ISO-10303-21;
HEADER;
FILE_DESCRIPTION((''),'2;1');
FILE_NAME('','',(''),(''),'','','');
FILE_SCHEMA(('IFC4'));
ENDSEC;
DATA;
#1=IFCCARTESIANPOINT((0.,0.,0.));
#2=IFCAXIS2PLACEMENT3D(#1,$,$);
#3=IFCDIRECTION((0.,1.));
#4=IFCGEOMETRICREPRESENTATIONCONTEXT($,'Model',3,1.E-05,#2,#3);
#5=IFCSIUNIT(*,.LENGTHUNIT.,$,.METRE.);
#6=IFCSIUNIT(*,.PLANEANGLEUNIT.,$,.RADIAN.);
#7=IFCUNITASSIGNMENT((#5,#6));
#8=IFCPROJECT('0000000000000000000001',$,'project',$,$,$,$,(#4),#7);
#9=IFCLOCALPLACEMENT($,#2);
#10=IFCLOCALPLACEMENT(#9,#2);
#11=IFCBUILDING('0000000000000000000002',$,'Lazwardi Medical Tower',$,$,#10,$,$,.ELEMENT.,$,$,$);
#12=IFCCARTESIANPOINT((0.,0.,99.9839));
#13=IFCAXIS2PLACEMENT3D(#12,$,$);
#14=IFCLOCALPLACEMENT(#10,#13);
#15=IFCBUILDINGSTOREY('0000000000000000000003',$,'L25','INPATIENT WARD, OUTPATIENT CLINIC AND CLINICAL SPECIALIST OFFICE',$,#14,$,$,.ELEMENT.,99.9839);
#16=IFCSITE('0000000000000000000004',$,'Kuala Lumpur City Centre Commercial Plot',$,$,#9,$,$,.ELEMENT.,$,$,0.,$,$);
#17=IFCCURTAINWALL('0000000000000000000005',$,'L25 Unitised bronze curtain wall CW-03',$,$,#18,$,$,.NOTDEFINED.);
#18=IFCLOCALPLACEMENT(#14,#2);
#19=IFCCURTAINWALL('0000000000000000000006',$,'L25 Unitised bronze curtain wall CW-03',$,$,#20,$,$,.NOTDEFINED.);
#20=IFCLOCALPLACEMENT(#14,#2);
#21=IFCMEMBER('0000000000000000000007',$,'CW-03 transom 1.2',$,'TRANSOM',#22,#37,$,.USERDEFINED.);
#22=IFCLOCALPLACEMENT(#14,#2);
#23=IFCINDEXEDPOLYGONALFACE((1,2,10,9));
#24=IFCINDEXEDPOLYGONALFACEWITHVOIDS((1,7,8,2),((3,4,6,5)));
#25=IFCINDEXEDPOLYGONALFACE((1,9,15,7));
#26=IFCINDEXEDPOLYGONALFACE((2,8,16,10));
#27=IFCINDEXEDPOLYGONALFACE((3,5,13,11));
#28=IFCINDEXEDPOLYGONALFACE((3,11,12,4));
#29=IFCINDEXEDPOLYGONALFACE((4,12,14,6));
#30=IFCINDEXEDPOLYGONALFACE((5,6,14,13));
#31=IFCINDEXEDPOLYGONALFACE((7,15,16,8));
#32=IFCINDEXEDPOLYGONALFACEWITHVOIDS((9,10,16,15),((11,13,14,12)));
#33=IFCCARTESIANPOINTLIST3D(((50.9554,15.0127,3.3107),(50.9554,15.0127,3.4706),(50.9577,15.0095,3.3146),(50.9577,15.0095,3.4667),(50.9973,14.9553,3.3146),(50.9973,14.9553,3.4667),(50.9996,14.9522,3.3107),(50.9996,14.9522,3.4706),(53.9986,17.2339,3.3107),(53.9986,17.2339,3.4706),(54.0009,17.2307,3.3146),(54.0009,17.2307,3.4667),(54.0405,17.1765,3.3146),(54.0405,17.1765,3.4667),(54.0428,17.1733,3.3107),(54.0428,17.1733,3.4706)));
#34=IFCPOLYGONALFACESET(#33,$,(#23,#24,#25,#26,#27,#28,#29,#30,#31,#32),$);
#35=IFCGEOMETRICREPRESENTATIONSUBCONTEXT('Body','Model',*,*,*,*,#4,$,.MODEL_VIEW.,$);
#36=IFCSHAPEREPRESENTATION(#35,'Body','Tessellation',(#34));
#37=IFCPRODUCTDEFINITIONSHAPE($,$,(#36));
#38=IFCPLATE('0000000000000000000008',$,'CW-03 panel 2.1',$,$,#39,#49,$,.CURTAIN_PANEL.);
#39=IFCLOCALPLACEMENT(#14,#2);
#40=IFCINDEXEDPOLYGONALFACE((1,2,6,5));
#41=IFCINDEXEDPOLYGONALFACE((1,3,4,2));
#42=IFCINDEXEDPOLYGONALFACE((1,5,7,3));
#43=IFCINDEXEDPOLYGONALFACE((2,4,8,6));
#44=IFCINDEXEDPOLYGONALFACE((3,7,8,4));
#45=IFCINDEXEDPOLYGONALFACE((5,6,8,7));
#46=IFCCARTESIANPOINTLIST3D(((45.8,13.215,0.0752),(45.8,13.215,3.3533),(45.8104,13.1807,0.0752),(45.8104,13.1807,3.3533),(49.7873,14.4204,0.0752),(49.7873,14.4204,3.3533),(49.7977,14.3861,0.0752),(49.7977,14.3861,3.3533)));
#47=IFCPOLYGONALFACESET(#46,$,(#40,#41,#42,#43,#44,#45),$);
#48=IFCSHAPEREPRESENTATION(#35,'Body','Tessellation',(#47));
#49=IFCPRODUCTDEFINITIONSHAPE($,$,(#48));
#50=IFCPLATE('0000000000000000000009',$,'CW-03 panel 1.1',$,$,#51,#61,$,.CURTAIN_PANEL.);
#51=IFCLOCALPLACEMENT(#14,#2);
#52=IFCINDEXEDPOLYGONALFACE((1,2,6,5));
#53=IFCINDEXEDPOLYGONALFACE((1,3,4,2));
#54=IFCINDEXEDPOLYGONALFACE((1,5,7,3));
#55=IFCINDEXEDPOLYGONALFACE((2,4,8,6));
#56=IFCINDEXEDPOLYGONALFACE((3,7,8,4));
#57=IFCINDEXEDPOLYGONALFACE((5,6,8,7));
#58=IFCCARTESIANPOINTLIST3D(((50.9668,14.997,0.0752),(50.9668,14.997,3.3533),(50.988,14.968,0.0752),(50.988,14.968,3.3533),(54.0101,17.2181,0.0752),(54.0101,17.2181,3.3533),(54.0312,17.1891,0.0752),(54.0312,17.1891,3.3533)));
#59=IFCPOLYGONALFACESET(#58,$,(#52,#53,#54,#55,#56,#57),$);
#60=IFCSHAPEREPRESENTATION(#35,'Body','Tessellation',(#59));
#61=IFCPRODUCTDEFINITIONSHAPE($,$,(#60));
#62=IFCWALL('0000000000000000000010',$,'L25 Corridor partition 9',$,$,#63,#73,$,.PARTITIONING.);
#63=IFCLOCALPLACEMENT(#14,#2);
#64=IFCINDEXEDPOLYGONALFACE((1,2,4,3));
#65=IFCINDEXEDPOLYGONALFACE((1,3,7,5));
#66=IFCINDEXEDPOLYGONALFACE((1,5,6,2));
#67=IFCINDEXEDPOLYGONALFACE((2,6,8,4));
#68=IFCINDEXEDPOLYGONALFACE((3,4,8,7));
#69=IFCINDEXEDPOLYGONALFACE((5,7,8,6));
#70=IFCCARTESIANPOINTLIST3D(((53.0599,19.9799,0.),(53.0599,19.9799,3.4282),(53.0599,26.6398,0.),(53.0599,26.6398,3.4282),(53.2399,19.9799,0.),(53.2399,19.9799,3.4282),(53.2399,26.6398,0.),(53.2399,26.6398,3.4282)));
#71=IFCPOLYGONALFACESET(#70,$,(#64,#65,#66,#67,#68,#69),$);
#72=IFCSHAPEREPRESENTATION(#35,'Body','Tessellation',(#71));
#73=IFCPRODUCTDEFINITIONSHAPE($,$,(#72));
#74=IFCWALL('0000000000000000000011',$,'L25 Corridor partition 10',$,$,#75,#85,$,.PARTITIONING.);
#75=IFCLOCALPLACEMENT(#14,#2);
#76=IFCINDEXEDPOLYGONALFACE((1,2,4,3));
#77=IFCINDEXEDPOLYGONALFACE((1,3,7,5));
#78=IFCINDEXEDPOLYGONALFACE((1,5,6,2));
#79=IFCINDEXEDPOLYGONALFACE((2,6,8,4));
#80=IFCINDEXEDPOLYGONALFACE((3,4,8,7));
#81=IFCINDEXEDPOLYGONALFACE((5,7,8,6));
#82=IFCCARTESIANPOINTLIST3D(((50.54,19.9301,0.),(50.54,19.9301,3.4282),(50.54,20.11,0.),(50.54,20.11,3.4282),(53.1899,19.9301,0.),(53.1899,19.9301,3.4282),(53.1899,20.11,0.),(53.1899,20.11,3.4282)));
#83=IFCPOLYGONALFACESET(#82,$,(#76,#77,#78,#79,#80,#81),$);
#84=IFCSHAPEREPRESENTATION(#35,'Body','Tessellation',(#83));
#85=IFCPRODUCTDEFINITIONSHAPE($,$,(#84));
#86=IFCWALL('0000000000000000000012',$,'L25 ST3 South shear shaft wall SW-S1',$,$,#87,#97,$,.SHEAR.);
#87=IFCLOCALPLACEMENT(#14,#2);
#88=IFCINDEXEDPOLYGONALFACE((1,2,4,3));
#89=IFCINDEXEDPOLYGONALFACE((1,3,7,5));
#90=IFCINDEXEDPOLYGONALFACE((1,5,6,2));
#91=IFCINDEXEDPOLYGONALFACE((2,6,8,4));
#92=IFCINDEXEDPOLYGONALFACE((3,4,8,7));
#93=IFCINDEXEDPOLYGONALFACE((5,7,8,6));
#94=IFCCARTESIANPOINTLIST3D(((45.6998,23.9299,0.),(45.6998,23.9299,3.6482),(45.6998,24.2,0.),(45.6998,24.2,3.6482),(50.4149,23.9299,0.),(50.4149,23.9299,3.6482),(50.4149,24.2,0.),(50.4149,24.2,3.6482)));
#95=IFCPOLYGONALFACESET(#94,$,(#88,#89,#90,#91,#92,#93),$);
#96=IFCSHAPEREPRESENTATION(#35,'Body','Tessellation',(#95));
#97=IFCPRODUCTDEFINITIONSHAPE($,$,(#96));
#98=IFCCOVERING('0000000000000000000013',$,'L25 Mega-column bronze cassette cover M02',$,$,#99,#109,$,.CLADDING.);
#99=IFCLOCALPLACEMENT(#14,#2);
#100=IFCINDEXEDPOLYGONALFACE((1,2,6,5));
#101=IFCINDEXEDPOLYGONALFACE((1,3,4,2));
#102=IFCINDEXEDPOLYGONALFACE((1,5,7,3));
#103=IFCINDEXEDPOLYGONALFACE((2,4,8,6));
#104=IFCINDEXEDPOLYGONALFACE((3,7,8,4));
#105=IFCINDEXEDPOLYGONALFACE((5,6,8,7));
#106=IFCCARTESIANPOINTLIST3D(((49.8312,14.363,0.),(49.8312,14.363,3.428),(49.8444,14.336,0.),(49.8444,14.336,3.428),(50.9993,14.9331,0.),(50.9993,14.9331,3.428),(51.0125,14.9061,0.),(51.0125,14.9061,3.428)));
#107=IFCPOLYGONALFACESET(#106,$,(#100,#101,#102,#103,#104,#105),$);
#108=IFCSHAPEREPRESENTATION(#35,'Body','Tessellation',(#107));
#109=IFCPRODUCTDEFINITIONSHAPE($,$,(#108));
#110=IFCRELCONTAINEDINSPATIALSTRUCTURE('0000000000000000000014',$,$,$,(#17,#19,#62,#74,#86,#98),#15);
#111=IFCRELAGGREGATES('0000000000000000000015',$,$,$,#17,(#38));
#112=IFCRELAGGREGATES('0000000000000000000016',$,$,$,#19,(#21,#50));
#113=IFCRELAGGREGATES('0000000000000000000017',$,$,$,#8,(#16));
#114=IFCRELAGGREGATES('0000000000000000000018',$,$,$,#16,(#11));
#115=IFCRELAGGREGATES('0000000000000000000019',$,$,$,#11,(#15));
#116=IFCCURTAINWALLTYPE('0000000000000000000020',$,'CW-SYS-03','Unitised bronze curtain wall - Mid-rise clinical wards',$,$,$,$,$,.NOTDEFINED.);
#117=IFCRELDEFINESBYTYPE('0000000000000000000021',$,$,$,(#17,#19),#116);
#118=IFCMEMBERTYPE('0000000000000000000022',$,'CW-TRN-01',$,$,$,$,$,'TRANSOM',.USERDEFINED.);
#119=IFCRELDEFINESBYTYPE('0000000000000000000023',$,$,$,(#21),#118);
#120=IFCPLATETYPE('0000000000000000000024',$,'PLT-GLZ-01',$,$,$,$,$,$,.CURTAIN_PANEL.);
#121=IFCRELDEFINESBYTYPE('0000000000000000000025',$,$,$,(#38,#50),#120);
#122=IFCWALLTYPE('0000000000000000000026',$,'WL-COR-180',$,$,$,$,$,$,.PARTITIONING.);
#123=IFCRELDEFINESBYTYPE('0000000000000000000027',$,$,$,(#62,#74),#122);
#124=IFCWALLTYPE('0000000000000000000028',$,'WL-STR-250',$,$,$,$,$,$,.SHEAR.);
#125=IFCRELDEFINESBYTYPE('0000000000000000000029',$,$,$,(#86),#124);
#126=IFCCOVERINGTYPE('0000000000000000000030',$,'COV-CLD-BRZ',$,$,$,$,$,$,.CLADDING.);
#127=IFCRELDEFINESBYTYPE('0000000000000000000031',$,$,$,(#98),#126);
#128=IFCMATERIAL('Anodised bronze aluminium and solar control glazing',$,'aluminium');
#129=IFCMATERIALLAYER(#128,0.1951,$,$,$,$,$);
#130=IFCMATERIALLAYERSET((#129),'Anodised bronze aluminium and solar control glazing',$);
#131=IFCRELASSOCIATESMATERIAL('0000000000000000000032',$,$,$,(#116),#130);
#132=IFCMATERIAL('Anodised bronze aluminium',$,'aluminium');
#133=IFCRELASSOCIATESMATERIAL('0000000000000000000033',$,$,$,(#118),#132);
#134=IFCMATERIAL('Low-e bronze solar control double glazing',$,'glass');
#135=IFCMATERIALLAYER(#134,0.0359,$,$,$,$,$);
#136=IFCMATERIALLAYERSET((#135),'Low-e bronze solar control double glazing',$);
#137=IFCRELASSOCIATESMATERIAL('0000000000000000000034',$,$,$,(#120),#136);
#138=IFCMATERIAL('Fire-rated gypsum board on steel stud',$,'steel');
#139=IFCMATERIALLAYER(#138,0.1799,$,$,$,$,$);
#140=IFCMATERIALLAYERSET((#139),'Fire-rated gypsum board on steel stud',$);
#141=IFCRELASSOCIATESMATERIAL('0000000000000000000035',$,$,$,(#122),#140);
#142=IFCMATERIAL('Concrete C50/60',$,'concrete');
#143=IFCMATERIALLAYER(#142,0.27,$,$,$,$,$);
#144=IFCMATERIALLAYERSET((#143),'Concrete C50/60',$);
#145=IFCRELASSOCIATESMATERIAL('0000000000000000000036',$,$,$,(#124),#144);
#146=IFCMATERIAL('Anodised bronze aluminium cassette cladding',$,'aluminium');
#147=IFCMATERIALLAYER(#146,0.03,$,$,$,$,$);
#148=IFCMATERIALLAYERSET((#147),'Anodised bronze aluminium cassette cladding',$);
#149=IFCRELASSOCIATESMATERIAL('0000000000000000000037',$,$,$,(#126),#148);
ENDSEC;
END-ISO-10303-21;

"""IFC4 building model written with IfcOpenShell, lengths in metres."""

from ifc_helpers import new_model, si_unit, direction, frame, frame_2d, origin, origin_2d, place, context, subcontext, project, spatial, rectangle, hollow_rectangle, extrude, material, layer, layer_set, material_profile, profile_set, type_object, element, aggregate, save


model = new_model("IFC4")

# Units and contexts
model_context = context("Model", 3, precision=1e-05, world=origin(), true_north=direction((0.0, 1.0)))
body_context = subcontext(model_context, "Body", "Model", "MODEL_VIEW")
ifc_project = project(units=[si_unit("LENGTHUNIT", "METRE"), si_unit("PLANEANGLEUNIT", "RADIAN")], contexts=[model_context])

# Site, building, storey
site_placement = place(None, origin())
site = spatial("IfcSite", under=ifc_project, at=site_placement, Name="Kuala Lumpur City Centre Commercial Plot", CompositionType="ELEMENT", RefElevation=0.0)
building_placement = place(site_placement, origin())
building = spatial("IfcBuilding", under=site, at=building_placement, Name="Lazwardi Medical Tower", CompositionType="ELEMENT")
storey_placement = place(building_placement, frame((0.0, 0.0, 99.9839)))
storey = spatial("IfcBuildingStorey", under=building, at=storey_placement, Name="L25", Description="INPATIENT WARD, OUTPATIENT CLINIC AND CLINICAL SPECIALIST OFFICE", CompositionType="ELEMENT", Elevation=99.9839)

# Curtain wall
ifc_material_1 = material(Name="Anodised bronze aluminium and solar control glazing", Category="aluminium")
ifc_layer_1 = layer(ifc_material_1, 0.1951)
ifc_layer_set_1 = layer_set([ifc_layer_1], Name="Anodised bronze aluminium and solar control glazing")
curtain_wall_type = type_object("IfcCurtainWallType", Name="CW-SYS-03", Description="Unitised bronze curtain wall - Mid-rise clinical wards", PredefinedType="NOTDEFINED", material=ifc_layer_set_1)
curtain_wall_1_placement = place(storey_placement, origin())
curtain_wall_1 = element("IfcCurtainWall", 1, at=curtain_wall_1_placement, inside=storey, type_object=curtain_wall_type, Name="L25 Unitised bronze curtain wall CW-03", PredefinedType="NOTDEFINED")
ifc_material_2 = material(Name="Anodised bronze aluminium", Category="aluminium")

# Curtain wall
curtain_wall_2_placement = place(storey_placement, origin())
curtain_wall_2 = element("IfcCurtainWall", 2, at=curtain_wall_2_placement, inside=storey, type_object=curtain_wall_type, Name="L25 Unitised bronze curtain wall CW-03", PredefinedType="NOTDEFINED")

# Member
ifc_material_profile_1 = material_profile(ifc_material_2, hollow_rectangle(XDim=0.075, YDim=0.1599, WallThickness=0.0039, at=origin_2d()), Name="ALU-TRANSOM 160x75x4")
ifc_profile_set_1 = profile_set([ifc_material_profile_1], Name="Anodised bronze aluminium")
member_type_1 = type_object("IfcMemberType", Name="CW-TRN-01", ElementType="TRANSOM", PredefinedType="USERDEFINED", material=ifc_profile_set_1)
member_1_placement = place(storey_placement, frame((50.9775, 14.9824, 3.3906), z_axis=(0.807732, 0.58955, 0.0), x_axis=(-0.58955, 0.807732, 0.0)))
member_1 = element("IfcMember", 3, at=member_1_placement, type_object=member_type_1, Name="CW-03 transom 1.2", ObjectType="TRANSOM", PredefinedType="USERDEFINED", context=body_context, shape_type="SweptSolid", body=[
    extrude(hollow_rectangle(XDim=0.075, YDim=0.1599, WallThickness=0.0039, at=origin_2d()), origin(), (0.0, 0.0, 1.0), 3.7676),
])

# Plates
ifc_material_3 = material(Name="Low-e bronze solar control double glazing", Category="glass")
ifc_layer_2 = layer(ifc_material_3, 0.0359)
ifc_layer_set_2 = layer_set([ifc_layer_2], Name="Low-e bronze solar control double glazing")
plate_type = type_object("IfcPlateType", Name="PLT-GLZ-01", PredefinedType="CURTAIN_PANEL", material=ifc_layer_set_2)
plate_1_placement = place(storey_placement, frame((47.7988, 13.8005, 0.0752), z_axis=(0.0, 0.0, 1.0), x_axis=(0.957216, 0.289374, 0.0)))
plate_1 = element("IfcPlate", 4, at=plate_1_placement, type_object=plate_type, Name="CW-03 panel 2.1", PredefinedType="CURTAIN_PANEL", context=body_context, shape_type="SweptSolid", body=[
    extrude(rectangle(XDim=4.1655, YDim=0.0359, at=origin_2d()), origin(), (0.0, 0.0, 1.0), 3.2781),
])
aggregate(curtain_wall_1, [plate_1])
plate_2_placement = place(storey_placement, frame((52.499, 16.093, 0.0752), z_axis=(0.0, 0.0, 1.0), x_axis=(0.807746, 0.589531, 0.0)))
plate_2 = element("IfcPlate", 5, at=plate_2_placement, type_object=plate_type, Name="CW-03 panel 1.1", PredefinedType="CURTAIN_PANEL", context=body_context, shape_type="SweptSolid", body=[
    extrude(rectangle(XDim=3.7676, YDim=0.0359, at=origin_2d()), origin(), (0.0, 0.0, 1.0), 3.2781),
])
aggregate(curtain_wall_2, [member_1, plate_2])

# Walls
ifc_material_4 = material(Name="Fire-rated gypsum board on steel stud", Category="steel")
ifc_layer_3 = layer(ifc_material_4, 0.1799)
ifc_layer_set_3 = layer_set([ifc_layer_3], Name="Fire-rated gypsum board on steel stud")
wall_type_1 = type_object("IfcWallType", Name="WL-COR-180", PredefinedType="PARTITIONING", material=ifc_layer_set_3)
wall_1_placement = place(storey_placement, frame((53.1499, 26.6399, 0.0), z_axis=(0.0, 0.0, 1.0), x_axis=(0.0, -1.0, 0.0)))
element("IfcWall", 6, at=wall_1_placement, inside=storey, type_object=wall_type_1, Name="L25 Corridor partition 9", PredefinedType="PARTITIONING", context=body_context, shape_type="SweptSolid", body=[
    extrude(rectangle(XDim=6.6599, YDim=0.1799, at=frame_2d((3.3301, 0.0))), origin(), (0.0, 0.0, 1.0), 3.4282),
])
wall_2_placement = place(storey_placement, frame((53.1899, 20.02, 0.0), z_axis=(0.0, 0.0, 1.0), x_axis=(-1.0, 0.0, 0.0)))
element("IfcWall", 7, at=wall_2_placement, inside=storey, type_object=wall_type_1, Name="L25 Corridor partition 10", PredefinedType="PARTITIONING", context=body_context, shape_type="SweptSolid", body=[
    extrude(rectangle(XDim=2.6499, YDim=0.1799, at=frame_2d((1.325, 0.0))), origin(), (0.0, 0.0, 1.0), 3.4282),
])
ifc_material_5 = material(Name="Concrete C50/60", Category="concrete")
ifc_layer_4 = layer(ifc_material_5, 0.27)
ifc_layer_set_4 = layer_set([ifc_layer_4], Name="Concrete C50/60")
wall_type_2 = type_object("IfcWallType", Name="WL-STR-250", PredefinedType="SHEAR", material=ifc_layer_set_4)
wall_3_placement = place(storey_placement, frame((45.7, 24.0649, 0.0), z_axis=(0.0, 0.0, 1.0), x_axis=(1.0, 0.0, 0.0)))
element("IfcWall", 8, at=wall_3_placement, inside=storey, type_object=wall_type_2, Name="L25 ST3 South shear shaft wall SW-S1", PredefinedType="SHEAR", context=body_context, shape_type="SweptSolid", body=[
    extrude(rectangle(XDim=4.7151, YDim=0.27, at=frame_2d((2.3574, 0.0))), origin(), (0.0, 0.0, 1.0), 3.6482),
])

# Covering
ifc_material_6 = material(Name="Anodised bronze aluminium cassette cladding", Category="aluminium")
ifc_layer_5 = layer(ifc_material_6, 0.03)
ifc_layer_set_5 = layer_set([ifc_layer_5], Name="Anodised bronze aluminium cassette cladding")
covering_type = type_object("IfcCoveringType", Name="COV-CLD-BRZ", PredefinedType="CLADDING", material=ifc_layer_set_5)
covering_placement = place(storey_placement, frame((50.4219, 14.6345, 0.0), z_axis=(0.0, 0.0, 1.0), x_axis=(0.898679, 0.438606, 0.0)))
element("IfcCovering", 9, at=covering_placement, inside=storey, type_object=covering_type, Name="L25 Mega-column bronze cassette cover M02", PredefinedType="CLADDING", context=body_context, shape_type="SweptSolid", body=[
    extrude(rectangle(XDim=1.2998, YDim=0.03, at=origin_2d()), origin(), (0.0, 0.0, 1.0), 3.428),
])

save(model, "model.ifc")
